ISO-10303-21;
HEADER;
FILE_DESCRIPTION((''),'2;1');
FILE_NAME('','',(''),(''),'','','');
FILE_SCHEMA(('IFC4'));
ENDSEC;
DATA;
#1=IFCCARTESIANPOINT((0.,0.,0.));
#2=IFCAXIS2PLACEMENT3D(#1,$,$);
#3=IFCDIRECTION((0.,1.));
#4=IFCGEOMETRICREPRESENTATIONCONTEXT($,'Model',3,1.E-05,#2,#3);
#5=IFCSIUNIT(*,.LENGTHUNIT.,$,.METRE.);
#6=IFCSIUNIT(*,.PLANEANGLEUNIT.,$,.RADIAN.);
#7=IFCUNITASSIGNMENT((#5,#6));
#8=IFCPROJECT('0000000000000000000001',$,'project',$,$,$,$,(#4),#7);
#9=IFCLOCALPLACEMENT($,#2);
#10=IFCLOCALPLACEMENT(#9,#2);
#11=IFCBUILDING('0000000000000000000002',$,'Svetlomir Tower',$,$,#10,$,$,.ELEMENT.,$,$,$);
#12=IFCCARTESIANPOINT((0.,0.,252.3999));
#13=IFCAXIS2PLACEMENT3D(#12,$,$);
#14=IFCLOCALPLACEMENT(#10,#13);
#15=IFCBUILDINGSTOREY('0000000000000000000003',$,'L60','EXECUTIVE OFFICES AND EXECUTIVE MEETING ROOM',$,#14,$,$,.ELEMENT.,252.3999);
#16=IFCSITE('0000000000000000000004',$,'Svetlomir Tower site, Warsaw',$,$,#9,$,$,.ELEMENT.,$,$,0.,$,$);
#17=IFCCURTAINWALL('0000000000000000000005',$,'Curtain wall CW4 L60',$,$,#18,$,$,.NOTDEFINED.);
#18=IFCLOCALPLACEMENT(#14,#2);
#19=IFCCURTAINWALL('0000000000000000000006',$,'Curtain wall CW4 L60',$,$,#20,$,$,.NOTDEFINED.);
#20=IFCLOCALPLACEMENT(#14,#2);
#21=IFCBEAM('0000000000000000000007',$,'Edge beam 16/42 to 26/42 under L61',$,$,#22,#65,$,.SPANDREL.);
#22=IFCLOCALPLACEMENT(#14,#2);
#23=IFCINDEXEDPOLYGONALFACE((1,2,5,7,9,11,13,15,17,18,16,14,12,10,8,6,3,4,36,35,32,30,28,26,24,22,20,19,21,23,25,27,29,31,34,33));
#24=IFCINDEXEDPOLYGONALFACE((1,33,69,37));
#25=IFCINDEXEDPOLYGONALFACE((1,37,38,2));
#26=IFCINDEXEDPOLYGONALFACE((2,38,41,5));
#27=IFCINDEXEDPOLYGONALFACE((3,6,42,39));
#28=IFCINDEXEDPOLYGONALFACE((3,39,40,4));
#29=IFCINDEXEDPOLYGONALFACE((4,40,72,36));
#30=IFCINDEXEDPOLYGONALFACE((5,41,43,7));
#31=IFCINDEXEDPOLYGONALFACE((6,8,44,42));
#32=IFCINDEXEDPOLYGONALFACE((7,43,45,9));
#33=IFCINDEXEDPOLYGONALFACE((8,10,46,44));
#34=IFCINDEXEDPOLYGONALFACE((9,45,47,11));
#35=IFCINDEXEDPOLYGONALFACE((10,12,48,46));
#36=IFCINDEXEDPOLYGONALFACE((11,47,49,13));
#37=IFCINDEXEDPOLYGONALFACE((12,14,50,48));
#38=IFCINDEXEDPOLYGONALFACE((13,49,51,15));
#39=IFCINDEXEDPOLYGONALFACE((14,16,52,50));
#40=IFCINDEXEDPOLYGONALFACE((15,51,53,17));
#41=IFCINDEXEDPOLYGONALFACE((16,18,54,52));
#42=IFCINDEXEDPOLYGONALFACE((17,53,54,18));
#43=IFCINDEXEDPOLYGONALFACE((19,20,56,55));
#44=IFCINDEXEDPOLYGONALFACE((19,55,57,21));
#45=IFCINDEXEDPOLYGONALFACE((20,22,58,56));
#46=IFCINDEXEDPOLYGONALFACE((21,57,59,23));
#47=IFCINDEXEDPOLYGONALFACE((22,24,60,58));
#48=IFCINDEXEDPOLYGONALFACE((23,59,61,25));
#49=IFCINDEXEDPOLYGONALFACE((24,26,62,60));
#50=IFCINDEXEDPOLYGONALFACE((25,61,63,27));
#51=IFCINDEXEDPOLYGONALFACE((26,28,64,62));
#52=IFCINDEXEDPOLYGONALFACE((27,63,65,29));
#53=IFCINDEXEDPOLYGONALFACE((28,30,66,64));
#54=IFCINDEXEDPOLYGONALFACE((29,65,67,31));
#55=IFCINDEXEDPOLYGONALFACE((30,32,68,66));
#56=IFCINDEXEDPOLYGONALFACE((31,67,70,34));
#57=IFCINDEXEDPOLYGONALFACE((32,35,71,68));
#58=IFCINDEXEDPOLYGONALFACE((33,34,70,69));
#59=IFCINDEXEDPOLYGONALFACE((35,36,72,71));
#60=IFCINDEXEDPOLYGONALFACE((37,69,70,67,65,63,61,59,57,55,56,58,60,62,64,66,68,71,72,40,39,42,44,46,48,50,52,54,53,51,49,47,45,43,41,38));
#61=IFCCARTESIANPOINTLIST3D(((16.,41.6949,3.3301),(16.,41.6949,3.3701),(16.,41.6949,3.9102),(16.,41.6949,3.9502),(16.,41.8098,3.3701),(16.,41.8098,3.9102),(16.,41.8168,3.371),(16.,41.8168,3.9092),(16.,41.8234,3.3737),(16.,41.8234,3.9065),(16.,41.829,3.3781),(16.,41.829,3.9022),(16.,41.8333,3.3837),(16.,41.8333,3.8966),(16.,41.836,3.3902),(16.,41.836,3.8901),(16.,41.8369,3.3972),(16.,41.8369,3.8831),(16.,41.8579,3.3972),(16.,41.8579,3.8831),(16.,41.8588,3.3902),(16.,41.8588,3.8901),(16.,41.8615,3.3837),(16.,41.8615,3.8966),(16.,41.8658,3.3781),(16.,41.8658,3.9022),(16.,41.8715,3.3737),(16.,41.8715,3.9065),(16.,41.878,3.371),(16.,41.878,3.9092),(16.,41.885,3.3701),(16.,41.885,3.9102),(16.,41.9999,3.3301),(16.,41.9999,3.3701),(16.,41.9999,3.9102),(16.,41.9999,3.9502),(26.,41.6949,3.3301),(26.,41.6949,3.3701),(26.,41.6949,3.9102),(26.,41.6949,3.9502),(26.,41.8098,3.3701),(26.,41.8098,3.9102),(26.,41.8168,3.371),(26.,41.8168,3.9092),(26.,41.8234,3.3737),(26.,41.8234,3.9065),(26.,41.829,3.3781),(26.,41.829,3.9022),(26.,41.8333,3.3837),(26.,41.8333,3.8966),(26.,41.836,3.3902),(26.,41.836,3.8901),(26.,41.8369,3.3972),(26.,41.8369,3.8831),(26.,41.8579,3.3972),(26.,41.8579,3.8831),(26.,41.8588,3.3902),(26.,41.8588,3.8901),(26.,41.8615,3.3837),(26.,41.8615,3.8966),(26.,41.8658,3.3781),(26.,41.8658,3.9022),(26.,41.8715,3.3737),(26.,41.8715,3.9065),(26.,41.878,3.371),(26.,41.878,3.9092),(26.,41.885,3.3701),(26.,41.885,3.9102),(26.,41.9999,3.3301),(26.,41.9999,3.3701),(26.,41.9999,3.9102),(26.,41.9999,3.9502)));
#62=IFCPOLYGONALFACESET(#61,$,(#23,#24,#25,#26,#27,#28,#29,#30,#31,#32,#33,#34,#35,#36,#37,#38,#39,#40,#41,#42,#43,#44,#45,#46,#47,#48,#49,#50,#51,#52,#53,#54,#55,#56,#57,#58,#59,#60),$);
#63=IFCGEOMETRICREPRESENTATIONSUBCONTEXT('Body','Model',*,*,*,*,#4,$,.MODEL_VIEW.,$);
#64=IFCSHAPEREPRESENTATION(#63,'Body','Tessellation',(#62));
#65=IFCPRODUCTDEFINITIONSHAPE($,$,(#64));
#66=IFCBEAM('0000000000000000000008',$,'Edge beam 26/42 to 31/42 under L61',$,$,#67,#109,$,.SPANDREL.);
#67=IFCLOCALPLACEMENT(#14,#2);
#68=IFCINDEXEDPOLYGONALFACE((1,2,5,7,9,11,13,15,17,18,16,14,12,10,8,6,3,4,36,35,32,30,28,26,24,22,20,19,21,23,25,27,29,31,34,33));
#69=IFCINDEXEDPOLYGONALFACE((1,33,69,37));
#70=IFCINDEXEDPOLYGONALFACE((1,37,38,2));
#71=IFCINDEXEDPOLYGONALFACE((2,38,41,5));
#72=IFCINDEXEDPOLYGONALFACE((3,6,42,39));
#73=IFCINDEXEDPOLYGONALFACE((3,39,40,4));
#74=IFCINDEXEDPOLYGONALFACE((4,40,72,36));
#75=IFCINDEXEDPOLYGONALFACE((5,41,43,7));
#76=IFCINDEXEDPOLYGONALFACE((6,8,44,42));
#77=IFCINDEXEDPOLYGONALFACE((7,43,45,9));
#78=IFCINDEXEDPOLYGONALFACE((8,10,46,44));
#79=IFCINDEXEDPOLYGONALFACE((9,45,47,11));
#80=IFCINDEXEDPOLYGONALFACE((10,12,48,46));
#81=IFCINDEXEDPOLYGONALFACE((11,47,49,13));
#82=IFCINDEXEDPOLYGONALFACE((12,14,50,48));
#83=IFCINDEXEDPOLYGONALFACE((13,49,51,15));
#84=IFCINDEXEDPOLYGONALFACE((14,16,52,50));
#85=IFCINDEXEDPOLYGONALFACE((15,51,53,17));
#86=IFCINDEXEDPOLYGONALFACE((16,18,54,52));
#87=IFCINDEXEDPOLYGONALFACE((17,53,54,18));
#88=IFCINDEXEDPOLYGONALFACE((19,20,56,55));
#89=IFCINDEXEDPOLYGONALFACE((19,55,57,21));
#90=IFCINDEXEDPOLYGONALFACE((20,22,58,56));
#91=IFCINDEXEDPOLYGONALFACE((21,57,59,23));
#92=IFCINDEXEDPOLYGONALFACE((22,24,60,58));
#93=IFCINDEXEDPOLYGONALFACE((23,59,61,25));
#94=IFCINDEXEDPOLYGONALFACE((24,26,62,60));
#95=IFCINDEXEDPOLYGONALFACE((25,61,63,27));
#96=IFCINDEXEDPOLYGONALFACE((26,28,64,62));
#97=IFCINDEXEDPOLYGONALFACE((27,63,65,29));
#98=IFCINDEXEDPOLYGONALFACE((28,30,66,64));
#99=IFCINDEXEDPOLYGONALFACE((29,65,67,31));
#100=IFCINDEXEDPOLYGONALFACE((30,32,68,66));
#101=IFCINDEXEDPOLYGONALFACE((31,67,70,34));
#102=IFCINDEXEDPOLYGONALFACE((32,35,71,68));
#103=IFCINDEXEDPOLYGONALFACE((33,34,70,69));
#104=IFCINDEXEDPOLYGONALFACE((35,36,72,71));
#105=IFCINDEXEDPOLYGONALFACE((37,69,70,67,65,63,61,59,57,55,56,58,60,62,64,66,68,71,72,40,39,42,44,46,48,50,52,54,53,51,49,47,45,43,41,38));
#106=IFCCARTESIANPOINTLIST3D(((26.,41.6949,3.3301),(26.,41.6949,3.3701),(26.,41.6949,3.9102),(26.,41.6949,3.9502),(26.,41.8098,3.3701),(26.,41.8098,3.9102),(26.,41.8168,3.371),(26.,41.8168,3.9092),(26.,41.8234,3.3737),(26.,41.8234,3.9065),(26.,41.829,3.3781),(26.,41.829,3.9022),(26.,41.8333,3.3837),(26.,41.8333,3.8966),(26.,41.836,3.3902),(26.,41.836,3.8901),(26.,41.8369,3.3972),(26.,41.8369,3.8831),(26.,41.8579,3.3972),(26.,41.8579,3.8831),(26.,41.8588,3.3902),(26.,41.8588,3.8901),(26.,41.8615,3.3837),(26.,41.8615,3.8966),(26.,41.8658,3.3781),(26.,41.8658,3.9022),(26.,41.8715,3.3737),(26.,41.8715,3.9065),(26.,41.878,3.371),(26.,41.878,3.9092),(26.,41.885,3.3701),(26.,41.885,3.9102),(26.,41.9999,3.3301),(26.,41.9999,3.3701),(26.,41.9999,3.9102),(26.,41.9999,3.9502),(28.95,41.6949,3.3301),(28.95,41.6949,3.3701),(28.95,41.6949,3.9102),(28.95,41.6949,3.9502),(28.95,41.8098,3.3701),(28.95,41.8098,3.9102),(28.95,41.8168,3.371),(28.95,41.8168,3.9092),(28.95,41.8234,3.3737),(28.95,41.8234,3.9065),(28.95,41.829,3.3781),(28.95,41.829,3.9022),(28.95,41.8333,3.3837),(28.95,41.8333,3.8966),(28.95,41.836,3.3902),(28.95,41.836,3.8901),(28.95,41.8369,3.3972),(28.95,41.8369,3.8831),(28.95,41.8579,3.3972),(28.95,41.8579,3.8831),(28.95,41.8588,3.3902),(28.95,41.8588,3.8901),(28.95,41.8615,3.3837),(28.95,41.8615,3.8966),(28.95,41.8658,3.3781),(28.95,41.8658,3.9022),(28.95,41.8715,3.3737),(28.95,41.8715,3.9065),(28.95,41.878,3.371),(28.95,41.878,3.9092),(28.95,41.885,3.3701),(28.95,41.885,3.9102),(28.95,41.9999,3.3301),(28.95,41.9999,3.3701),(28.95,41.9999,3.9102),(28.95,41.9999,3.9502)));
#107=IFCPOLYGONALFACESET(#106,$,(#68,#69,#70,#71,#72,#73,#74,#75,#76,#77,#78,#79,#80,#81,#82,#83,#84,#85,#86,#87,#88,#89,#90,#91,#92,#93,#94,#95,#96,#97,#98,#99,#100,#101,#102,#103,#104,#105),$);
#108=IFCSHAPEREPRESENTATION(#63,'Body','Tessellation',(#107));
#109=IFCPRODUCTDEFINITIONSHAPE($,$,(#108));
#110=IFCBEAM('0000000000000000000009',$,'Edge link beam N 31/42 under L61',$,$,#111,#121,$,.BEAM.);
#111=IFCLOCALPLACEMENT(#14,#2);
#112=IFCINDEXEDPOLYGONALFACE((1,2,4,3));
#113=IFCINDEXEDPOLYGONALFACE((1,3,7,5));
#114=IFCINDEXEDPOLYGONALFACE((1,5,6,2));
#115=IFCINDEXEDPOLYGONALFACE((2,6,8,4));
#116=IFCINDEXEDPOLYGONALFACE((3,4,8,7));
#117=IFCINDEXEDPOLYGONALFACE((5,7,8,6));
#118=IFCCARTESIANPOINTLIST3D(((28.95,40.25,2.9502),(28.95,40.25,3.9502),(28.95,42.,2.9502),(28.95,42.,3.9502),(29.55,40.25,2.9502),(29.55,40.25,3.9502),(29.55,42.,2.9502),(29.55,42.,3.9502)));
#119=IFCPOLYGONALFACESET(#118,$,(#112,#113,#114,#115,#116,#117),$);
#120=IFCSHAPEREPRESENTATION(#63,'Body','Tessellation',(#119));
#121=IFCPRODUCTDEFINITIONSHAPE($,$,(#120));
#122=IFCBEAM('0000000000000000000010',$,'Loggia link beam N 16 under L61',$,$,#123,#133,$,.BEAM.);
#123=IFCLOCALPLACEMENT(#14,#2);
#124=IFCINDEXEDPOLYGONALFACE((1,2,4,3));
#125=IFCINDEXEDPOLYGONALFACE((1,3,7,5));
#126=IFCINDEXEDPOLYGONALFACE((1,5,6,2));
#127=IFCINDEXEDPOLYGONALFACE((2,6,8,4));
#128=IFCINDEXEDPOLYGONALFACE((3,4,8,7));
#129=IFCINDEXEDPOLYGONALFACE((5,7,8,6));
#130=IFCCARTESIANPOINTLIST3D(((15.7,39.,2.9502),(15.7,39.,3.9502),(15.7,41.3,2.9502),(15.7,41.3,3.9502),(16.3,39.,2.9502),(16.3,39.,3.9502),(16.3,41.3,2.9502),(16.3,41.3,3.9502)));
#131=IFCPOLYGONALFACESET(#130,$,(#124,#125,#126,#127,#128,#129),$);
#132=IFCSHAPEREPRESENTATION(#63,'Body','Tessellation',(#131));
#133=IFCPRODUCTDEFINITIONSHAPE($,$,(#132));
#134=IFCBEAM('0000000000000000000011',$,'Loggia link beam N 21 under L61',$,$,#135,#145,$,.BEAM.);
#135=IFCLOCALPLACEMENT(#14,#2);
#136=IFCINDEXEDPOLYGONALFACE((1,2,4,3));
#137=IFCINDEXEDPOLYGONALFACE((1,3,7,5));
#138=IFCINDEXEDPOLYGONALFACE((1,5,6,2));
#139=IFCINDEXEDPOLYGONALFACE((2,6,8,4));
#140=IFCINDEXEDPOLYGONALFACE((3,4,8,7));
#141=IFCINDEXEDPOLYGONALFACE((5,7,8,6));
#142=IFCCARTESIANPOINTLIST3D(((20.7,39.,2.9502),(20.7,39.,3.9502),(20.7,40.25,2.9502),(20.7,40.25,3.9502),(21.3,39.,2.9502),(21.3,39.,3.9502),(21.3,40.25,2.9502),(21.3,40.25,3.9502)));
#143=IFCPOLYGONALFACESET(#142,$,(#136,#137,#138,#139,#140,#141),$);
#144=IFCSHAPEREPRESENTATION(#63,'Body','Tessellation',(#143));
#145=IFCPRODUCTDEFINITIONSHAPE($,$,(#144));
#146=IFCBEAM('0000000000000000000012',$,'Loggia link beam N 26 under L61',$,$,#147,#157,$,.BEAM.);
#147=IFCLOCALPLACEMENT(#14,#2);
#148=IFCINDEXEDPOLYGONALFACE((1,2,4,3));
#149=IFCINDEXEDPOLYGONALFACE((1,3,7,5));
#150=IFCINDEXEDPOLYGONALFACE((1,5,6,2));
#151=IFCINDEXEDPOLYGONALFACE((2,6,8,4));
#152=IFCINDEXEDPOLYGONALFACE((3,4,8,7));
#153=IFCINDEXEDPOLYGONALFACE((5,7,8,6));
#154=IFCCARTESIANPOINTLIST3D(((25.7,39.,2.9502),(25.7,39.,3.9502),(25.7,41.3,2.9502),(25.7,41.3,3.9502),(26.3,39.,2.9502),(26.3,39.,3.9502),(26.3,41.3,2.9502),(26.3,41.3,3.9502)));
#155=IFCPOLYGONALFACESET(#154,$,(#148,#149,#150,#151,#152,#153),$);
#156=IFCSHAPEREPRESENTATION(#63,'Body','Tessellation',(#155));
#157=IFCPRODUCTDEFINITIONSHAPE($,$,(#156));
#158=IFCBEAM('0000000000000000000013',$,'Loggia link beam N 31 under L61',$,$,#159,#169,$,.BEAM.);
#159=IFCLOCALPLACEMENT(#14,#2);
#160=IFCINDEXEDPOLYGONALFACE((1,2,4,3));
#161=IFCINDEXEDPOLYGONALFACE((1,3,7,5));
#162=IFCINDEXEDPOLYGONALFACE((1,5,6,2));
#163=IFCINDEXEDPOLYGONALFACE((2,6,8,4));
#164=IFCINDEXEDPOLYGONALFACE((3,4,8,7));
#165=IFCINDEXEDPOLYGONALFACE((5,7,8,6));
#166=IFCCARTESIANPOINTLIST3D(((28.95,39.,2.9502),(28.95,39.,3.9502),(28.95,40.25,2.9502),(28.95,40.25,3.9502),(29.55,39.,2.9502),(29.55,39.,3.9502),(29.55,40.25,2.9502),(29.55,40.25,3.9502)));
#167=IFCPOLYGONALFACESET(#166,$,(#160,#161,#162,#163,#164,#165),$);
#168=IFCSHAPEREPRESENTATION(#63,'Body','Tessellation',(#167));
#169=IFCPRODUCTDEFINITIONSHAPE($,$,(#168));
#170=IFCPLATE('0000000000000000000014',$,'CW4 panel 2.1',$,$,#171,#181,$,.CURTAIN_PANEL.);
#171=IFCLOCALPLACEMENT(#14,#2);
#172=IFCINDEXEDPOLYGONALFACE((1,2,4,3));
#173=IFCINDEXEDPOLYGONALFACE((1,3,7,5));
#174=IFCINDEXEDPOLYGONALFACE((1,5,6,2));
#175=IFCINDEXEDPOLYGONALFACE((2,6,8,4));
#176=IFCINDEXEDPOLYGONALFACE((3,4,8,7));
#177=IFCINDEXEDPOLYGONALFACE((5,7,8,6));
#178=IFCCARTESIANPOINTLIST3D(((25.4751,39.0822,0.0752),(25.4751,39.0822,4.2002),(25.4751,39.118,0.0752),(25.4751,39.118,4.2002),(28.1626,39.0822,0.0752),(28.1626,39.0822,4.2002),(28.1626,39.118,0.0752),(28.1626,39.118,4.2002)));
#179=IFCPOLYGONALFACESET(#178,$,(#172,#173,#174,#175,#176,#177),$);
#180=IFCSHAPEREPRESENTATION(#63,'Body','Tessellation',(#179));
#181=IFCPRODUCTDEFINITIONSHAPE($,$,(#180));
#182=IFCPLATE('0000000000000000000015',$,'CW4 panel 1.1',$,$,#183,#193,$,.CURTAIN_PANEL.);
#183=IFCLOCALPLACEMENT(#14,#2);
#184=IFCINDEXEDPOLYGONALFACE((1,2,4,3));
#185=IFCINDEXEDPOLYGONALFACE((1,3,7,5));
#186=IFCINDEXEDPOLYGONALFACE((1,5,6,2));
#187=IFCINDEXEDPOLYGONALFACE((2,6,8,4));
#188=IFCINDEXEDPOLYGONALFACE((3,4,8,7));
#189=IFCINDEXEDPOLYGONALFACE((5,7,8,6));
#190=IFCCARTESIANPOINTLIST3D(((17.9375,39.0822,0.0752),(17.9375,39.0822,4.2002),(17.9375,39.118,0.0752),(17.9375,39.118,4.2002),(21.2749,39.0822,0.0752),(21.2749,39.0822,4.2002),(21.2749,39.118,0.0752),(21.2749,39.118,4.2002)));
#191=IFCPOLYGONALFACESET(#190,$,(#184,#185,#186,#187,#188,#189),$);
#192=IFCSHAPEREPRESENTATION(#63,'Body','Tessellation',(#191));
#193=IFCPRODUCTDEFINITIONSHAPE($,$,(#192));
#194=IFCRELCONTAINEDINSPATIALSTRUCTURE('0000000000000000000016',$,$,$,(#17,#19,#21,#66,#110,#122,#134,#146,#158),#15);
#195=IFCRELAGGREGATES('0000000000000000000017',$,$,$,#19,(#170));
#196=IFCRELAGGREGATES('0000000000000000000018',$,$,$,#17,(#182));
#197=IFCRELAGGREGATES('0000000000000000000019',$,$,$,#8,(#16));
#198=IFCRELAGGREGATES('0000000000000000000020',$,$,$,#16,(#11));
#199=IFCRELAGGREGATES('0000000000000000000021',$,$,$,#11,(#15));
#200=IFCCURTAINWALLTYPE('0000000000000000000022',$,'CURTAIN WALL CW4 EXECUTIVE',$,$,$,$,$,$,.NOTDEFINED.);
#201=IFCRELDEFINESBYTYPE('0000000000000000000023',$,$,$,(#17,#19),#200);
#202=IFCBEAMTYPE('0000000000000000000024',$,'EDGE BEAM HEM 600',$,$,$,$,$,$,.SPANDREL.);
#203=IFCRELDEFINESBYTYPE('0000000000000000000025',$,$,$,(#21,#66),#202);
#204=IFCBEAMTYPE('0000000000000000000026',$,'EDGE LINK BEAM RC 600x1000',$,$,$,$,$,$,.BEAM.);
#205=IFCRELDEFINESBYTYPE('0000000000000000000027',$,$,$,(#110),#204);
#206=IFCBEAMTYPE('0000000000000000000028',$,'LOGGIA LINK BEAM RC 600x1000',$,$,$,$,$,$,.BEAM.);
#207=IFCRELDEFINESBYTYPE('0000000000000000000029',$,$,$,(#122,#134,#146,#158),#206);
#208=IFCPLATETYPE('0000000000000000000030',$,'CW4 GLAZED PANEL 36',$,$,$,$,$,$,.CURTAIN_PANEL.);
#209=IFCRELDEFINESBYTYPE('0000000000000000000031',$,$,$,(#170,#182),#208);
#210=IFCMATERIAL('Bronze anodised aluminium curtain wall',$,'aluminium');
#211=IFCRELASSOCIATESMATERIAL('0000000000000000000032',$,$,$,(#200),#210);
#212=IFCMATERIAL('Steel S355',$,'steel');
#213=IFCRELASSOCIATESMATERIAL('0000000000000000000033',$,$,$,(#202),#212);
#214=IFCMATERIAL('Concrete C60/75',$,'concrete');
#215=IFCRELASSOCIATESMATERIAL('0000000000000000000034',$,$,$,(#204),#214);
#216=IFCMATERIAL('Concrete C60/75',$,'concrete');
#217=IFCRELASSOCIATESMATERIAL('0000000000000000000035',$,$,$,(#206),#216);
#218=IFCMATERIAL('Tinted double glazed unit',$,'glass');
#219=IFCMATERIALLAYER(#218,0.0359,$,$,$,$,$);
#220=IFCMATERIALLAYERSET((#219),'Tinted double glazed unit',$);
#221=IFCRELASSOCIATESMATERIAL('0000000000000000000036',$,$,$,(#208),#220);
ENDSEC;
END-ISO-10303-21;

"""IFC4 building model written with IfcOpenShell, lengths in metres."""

from ifc_helpers import new_model, si_unit, direction, frame, origin, origin_2d, place, context, subcontext, project, spatial, rectangle, i_section, extrude, material, layer, layer_set, material_profile, profile_set, type_object, element, aggregate, save


model = new_model("IFC4")

# Units and contexts
model_context = context("Model", 3, precision=1e-05, world=origin(), true_north=direction((0.0, 1.0)))
body_context = subcontext(model_context, "Body", "Model", "MODEL_VIEW")
ifc_project = project(units=[si_unit("LENGTHUNIT", "METRE"), si_unit("PLANEANGLEUNIT", "RADIAN")], contexts=[model_context])

# Site, building, storey
site_placement = place(None, origin())
site = spatial("IfcSite", under=ifc_project, at=site_placement, Name="Svetlomir Tower site, Warsaw", CompositionType="ELEMENT", RefElevation=0.0)
building_placement = place(site_placement, origin())
building = spatial("IfcBuilding", under=site, at=building_placement, Name="Svetlomir Tower", CompositionType="ELEMENT")
storey_placement = place(building_placement, frame((0.0, 0.0, 252.3999)))
storey = spatial("IfcBuildingStorey", under=building, at=storey_placement, Name="L60", Description="EXECUTIVE OFFICES AND EXECUTIVE MEETING ROOM", CompositionType="ELEMENT", Elevation=252.3999)

# Curtain wall
ifc_material_1 = material(Name="Bronze anodised aluminium curtain wall", Category="aluminium")
curtain_wall_type = type_object("IfcCurtainWallType", Name="CURTAIN WALL CW4 EXECUTIVE", PredefinedType="NOTDEFINED", material=ifc_material_1)
curtain_wall_1_placement = place(storey_placement, origin())
curtain_wall_1 = element("IfcCurtainWall", 1, at=curtain_wall_1_placement, inside=storey, type_object=curtain_wall_type, Name="Curtain wall CW4 L60", PredefinedType="NOTDEFINED")

# Curtain wall
curtain_wall_2_placement = place(storey_placement, origin())
curtain_wall_2 = element("IfcCurtainWall", 2, at=curtain_wall_2_placement, inside=storey, type_object=curtain_wall_type, Name="Curtain wall CW4 L60", PredefinedType="NOTDEFINED")

# Beams
ifc_material_2 = material(Name="Steel S355", Category="steel")
ifc_material_profile_1 = material_profile(ifc_material_2, i_section(OverallWidth=0.3049, OverallDepth=0.6201, WebThickness=0.021, FlangeThickness=0.04, FilletRadius=0.0271, at=origin_2d()), Name="HEM 600")
ifc_profile_set_1 = profile_set([ifc_material_profile_1], Name="Steel S355")
beam_type_1 = type_object("IfcBeamType", Name="EDGE BEAM HEM 600", PredefinedType="SPANDREL", material=ifc_profile_set_1)
beam_1_placement = place(storey_placement, frame((16.0, 41.8474, 3.6401), z_axis=(1.0, 0.0, 0.0), x_axis=(0.0, 1.0, 0.0)))
element("IfcBeam", 3, at=beam_1_placement, inside=storey, type_object=beam_type_1, Name="Edge beam 16/42 to 26/42 under L61", PredefinedType="SPANDREL", context=body_context, shape_type="SweptSolid", body=[
    extrude(i_section(OverallWidth=0.3049, OverallDepth=0.6201, WebThickness=0.021, FlangeThickness=0.04, FilletRadius=0.0271, at=origin_2d()), origin(), (0.0, 0.0, 1.0), 10.0),
])
beam_2_placement = place(storey_placement, frame((26.0, 41.8474, 3.6401), z_axis=(1.0, 0.0, 0.0), x_axis=(0.0, 1.0, 0.0)))
element("IfcBeam", 4, at=beam_2_placement, inside=storey, type_object=beam_type_1, Name="Edge beam 26/42 to 31/42 under L61", PredefinedType="SPANDREL", context=body_context, shape_type="SweptSolid", body=[
    extrude(i_section(OverallWidth=0.3049, OverallDepth=0.6201, WebThickness=0.021, FlangeThickness=0.04, FilletRadius=0.0271, at=origin_2d()), origin(), (0.0, 0.0, 1.0), 2.95),
])
ifc_material_3 = material(Name="Concrete C60/75", Category="concrete")
ifc_material_profile_2 = material_profile(ifc_material_3, rectangle(XDim=0.6001, YDim=1.0, at=origin_2d()), Name="RC 600x1000")
ifc_profile_set_2 = profile_set([ifc_material_profile_2], Name="Concrete C60/75")
beam_type_2 = type_object("IfcBeamType", Name="EDGE LINK BEAM RC 600x1000", PredefinedType="BEAM", material=ifc_profile_set_2)
beam_3_placement = place(storey_placement, frame((29.25, 40.25, 3.4502), z_axis=(0.0, 1.0, 0.0), x_axis=(-1.0, 0.0, 0.0)))
element("IfcBeam", 5, at=beam_3_placement, inside=storey, type_object=beam_type_2, Name="Edge link beam N 31/42 under L61", PredefinedType="BEAM", context=body_context, shape_type="SweptSolid", body=[
    extrude(rectangle(XDim=0.6001, YDim=1.0, at=origin_2d()), origin(), (0.0, 0.0, 1.0), 1.75),
])
ifc_material_4 = material(Name="Concrete C60/75", Category="concrete")
ifc_material_profile_3 = material_profile(ifc_material_4, rectangle(XDim=0.6001, YDim=1.0, at=origin_2d()), Name="RC 600x1000")
ifc_profile_set_3 = profile_set([ifc_material_profile_3], Name="Concrete C60/75")
beam_type_3 = type_object("IfcBeamType", Name="LOGGIA LINK BEAM RC 600x1000", PredefinedType="BEAM", material=ifc_profile_set_3)
beam_4_placement = place(storey_placement, frame((16.0, 41.3, 3.4502), z_axis=(0.0, -1.0, 0.0), x_axis=(1.0, 0.0, 0.0)))
element("IfcBeam", 6, at=beam_4_placement, inside=storey, type_object=beam_type_3, Name="Loggia link beam N 16 under L61", PredefinedType="BEAM", context=body_context, shape_type="SweptSolid", body=[
    extrude(rectangle(XDim=0.6001, YDim=1.0, at=origin_2d()), origin(), (0.0, 0.0, 1.0), 2.3),
])
beam_5_placement = place(storey_placement, frame((21.0, 40.25, 3.4502), z_axis=(0.0, -1.0, 0.0), x_axis=(1.0, 0.0, 0.0)))
element("IfcBeam", 7, at=beam_5_placement, inside=storey, type_object=beam_type_3, Name="Loggia link beam N 21 under L61", PredefinedType="BEAM", context=body_context, shape_type="SweptSolid", body=[
    extrude(rectangle(XDim=0.6001, YDim=1.0, at=origin_2d()), origin(), (0.0, 0.0, 1.0), 1.25),
])
beam_6_placement = place(storey_placement, frame((26.0, 41.3, 3.4502), z_axis=(0.0, -1.0, 0.0), x_axis=(1.0, 0.0, 0.0)))
element("IfcBeam", 8, at=beam_6_placement, inside=storey, type_object=beam_type_3, Name="Loggia link beam N 26 under L61", PredefinedType="BEAM", context=body_context, shape_type="SweptSolid", body=[
    extrude(rectangle(XDim=0.6001, YDim=1.0, at=origin_2d()), origin(), (0.0, 0.0, 1.0), 2.3),
])
beam_7_placement = place(storey_placement, frame((29.25, 40.25, 3.4502), z_axis=(0.0, -1.0, 0.0), x_axis=(1.0, 0.0, 0.0)))
element("IfcBeam", 9, at=beam_7_placement, inside=storey, type_object=beam_type_3, Name="Loggia link beam N 31 under L61", PredefinedType="BEAM", context=body_context, shape_type="SweptSolid", body=[
    extrude(rectangle(XDim=0.6001, YDim=1.0, at=origin_2d()), origin(), (0.0, 0.0, 1.0), 1.25),
])

# Plates
ifc_material_5 = material(Name="Tinted double glazed unit", Category="glass")
ifc_layer_1 = layer(ifc_material_5, 0.0359)
ifc_layer_set_1 = layer_set([ifc_layer_1], Name="Tinted double glazed unit")
plate_type = type_object("IfcPlateType", Name="CW4 GLAZED PANEL 36", PredefinedType="CURTAIN_PANEL", material=ifc_layer_set_1)
plate_1_placement = place(storey_placement, frame((26.8188, 39.1001, 0.0752), z_axis=(0.0, 0.0, 1.0), x_axis=(-1.0, 0.0, 0.0)))
plate_1 = element("IfcPlate", 10, at=plate_1_placement, type_object=plate_type, Name="CW4 panel 2.1", PredefinedType="CURTAIN_PANEL", context=body_context, shape_type="SweptSolid", body=[
    extrude(rectangle(XDim=2.6875, YDim=0.0359, at=origin_2d()), origin(), (0.0, 0.0, 1.0), 4.125),
])
aggregate(curtain_wall_2, [plate_1])
plate_2_placement = place(storey_placement, frame((19.6062, 39.1001, 0.0752), z_axis=(0.0, 0.0, 1.0), x_axis=(-1.0, 0.0, 0.0)))
plate_2 = element("IfcPlate", 11, at=plate_2_placement, type_object=plate_type, Name="CW4 panel 1.1", PredefinedType="CURTAIN_PANEL", context=body_context, shape_type="SweptSolid", body=[
    extrude(rectangle(XDim=3.3374, YDim=0.0359, at=origin_2d()), origin(), (0.0, 0.0, 1.0), 4.125),
])
aggregate(curtain_wall_1, [plate_2])

save(model, "model.ifc")
